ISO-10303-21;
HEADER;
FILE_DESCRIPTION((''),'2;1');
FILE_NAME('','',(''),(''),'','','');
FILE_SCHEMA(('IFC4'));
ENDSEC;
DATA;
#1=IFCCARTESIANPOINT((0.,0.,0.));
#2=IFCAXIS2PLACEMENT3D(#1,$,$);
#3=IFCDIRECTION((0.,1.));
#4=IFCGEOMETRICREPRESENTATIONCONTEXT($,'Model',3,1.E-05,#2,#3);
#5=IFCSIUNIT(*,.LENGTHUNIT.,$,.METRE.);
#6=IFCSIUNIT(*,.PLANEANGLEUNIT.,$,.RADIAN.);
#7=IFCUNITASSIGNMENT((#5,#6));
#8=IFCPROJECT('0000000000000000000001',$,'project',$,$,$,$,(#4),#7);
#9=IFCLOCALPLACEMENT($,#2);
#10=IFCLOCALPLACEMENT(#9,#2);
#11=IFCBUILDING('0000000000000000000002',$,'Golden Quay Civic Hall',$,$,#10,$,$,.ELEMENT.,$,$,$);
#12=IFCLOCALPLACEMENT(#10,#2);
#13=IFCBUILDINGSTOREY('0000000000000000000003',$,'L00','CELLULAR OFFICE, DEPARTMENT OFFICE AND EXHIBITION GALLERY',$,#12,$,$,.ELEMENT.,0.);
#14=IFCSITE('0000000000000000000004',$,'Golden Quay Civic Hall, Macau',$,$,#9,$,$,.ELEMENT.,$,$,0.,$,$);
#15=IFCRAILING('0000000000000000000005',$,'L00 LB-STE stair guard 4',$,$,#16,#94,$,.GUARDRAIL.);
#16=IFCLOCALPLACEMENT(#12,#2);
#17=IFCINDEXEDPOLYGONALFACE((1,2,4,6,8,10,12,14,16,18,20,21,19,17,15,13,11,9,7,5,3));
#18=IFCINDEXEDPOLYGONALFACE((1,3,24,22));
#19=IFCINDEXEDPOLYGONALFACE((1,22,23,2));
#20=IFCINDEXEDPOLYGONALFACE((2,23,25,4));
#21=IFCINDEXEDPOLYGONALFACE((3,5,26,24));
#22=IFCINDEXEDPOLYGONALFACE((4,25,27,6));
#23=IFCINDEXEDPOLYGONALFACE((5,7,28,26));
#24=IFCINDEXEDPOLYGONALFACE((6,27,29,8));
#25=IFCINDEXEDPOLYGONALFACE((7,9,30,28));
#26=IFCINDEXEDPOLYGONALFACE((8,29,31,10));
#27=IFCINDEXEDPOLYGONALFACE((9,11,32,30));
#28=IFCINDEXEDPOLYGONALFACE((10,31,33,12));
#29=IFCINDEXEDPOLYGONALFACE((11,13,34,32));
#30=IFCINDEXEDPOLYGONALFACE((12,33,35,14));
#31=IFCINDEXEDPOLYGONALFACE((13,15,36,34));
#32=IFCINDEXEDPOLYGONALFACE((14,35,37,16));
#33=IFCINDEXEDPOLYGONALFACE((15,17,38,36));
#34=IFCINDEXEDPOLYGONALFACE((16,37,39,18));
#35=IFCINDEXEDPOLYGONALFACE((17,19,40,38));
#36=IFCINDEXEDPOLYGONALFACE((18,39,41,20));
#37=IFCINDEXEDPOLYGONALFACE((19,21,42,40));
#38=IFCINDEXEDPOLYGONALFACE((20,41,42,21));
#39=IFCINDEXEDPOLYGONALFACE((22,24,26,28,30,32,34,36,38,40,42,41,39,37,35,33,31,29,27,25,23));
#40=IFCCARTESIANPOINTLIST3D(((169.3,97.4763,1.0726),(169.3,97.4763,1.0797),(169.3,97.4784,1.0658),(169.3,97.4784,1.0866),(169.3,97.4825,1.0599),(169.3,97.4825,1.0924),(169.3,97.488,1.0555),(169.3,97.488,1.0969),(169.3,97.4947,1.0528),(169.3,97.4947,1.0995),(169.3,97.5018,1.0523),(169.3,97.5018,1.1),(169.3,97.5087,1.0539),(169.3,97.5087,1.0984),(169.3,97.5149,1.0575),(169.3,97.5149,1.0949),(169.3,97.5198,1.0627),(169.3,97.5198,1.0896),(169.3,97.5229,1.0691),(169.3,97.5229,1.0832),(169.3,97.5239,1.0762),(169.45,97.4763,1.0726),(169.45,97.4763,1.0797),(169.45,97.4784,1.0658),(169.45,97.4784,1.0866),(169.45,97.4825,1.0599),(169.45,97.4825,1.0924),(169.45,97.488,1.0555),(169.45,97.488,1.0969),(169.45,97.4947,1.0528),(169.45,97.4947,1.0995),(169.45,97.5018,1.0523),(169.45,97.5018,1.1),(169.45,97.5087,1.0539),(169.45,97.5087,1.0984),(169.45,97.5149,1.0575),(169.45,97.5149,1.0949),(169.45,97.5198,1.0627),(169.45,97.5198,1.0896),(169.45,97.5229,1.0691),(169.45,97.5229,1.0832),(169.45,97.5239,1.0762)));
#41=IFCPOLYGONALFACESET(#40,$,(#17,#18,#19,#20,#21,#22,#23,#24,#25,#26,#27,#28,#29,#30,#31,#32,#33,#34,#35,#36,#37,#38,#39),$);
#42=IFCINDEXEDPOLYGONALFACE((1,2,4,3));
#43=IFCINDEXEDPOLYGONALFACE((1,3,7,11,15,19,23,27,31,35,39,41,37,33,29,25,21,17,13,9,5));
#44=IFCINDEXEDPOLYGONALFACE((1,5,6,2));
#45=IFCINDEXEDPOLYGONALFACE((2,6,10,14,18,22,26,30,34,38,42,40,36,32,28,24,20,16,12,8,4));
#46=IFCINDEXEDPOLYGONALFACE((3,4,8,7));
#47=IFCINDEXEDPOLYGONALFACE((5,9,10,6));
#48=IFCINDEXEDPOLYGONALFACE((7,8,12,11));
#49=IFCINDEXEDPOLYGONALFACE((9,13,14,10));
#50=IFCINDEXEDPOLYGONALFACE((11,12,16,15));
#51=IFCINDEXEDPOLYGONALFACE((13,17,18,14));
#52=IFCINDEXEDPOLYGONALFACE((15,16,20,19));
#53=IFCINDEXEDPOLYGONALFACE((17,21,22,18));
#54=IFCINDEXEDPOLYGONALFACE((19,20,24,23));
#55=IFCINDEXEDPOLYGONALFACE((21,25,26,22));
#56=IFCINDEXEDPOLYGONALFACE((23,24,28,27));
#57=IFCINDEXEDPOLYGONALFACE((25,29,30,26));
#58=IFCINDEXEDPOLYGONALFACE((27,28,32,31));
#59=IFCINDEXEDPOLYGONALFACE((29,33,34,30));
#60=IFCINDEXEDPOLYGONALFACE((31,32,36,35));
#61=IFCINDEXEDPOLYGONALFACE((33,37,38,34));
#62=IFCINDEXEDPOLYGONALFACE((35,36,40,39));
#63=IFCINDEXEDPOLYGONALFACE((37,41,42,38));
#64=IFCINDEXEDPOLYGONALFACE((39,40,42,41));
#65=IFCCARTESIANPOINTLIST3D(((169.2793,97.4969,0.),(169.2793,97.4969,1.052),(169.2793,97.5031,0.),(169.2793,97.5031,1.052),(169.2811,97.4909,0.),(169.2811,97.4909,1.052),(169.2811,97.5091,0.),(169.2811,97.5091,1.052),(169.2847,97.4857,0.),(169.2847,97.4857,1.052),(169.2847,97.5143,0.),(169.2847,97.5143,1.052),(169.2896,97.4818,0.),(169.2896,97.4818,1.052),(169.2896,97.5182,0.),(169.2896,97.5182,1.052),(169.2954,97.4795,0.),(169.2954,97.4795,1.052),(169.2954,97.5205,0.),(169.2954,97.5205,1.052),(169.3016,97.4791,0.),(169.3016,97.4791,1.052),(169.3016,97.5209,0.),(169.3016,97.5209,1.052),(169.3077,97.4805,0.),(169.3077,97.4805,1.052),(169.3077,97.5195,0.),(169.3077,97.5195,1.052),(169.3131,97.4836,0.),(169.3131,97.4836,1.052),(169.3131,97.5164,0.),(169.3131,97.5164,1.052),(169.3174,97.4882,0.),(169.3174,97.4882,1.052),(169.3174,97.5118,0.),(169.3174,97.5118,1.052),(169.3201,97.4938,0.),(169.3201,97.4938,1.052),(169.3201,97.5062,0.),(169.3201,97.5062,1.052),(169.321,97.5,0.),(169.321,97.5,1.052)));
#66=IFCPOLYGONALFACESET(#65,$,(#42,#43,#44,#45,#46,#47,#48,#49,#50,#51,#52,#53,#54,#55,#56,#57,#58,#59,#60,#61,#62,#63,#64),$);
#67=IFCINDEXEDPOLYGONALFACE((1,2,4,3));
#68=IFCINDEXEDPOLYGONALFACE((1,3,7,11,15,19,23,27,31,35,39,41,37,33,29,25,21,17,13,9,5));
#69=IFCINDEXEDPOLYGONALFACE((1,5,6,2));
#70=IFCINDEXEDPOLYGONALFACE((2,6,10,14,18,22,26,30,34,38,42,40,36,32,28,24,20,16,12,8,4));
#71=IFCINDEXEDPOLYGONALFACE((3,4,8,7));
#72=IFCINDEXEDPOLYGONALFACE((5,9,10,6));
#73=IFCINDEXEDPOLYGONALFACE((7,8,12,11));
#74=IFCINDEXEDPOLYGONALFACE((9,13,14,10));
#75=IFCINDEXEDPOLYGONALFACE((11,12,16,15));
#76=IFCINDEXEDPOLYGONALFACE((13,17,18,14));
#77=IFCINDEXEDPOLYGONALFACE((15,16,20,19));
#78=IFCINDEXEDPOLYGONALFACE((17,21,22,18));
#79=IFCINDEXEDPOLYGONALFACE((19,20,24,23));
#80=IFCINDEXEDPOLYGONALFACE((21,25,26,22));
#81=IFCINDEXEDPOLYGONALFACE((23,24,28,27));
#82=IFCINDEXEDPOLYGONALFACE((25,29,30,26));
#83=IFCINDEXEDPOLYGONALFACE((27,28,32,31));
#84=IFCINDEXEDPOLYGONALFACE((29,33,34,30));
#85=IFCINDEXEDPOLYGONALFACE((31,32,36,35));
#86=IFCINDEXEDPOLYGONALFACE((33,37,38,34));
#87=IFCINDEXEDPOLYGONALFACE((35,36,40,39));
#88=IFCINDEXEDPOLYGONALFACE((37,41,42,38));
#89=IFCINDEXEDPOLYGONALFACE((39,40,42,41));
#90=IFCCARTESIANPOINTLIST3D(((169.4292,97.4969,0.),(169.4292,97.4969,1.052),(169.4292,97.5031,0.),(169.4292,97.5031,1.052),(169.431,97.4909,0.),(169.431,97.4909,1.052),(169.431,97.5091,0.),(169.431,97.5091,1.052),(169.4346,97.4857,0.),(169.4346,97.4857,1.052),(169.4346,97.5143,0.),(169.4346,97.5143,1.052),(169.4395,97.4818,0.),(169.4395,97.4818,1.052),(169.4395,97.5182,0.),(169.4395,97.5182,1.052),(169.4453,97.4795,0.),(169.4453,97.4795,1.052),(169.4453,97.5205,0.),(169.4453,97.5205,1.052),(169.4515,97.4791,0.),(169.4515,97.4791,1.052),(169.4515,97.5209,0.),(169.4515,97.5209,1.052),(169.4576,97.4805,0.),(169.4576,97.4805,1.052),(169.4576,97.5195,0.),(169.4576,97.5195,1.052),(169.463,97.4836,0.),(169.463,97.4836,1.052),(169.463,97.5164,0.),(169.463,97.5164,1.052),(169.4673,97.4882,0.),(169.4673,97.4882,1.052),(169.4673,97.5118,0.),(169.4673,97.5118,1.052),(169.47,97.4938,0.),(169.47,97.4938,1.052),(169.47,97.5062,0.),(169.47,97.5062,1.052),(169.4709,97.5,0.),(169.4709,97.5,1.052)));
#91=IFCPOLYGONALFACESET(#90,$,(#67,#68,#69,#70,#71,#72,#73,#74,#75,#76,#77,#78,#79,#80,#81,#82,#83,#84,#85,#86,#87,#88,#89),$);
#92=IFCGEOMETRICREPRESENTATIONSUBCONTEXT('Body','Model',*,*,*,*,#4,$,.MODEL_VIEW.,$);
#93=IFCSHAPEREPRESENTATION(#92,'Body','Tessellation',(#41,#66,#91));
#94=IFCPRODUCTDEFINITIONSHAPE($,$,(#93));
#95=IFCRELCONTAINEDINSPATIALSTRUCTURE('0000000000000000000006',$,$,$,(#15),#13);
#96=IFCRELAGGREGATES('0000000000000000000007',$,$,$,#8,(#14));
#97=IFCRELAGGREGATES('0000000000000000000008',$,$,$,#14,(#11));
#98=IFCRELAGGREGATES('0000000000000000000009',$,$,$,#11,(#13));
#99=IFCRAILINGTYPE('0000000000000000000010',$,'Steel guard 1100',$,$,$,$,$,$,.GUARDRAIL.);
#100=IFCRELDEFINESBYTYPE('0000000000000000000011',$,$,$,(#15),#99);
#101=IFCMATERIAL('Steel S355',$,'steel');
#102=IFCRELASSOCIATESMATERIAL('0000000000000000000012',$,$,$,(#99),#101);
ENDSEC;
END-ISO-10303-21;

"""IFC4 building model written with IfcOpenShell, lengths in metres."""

from ifc_helpers import new_model, si_unit, direction, frame, origin, origin_2d, place, context, subcontext, project, spatial, circle, extrude, material, type_object, element, save


model = new_model("IFC4")

# Units and contexts
model_context = context("Model", 3, precision=1e-05, world=origin(), true_north=direction((0.0, 1.0)))
body_context = subcontext(model_context, "Body", "Model", "MODEL_VIEW")
ifc_project = project(units=[si_unit("LENGTHUNIT", "METRE"), si_unit("PLANEANGLEUNIT", "RADIAN")], contexts=[model_context])

# Site, building, storey
site_placement = place(None, origin())
site = spatial("IfcSite", under=ifc_project, at=site_placement, Name="Golden Quay Civic Hall, Macau", CompositionType="ELEMENT", RefElevation=0.0)
building_placement = place(site_placement, origin())
building = spatial("IfcBuilding", under=site, at=building_placement, Name="Golden Quay Civic Hall", CompositionType="ELEMENT")
storey_placement = place(building_placement, origin())
storey = spatial("IfcBuildingStorey", under=building, at=storey_placement, Name="L00", Description="CELLULAR OFFICE, DEPARTMENT OFFICE AND EXHIBITION GALLERY", CompositionType="ELEMENT", Elevation=0.0)

# Railing
ifc_material_1 = material(Name="Steel S355", Category="steel")
railing_type_1 = type_object("IfcRailingType", Name="Steel guard 1100", PredefinedType="GUARDRAIL", material=ifc_material_1)
railing_1_placement = place(storey_placement, frame((169.3, 97.5, 0.0)))
element("IfcRailing", 1, at=railing_1_placement, inside=storey, type_object=railing_type_1, Name="L00 LB-STE stair guard 4", PredefinedType="GUARDRAIL", context=body_context, shape_type="SweptSolid", body=[
    extrude(circle(Radius=0.0239, at=origin_2d()), frame((0.0, 0.0, 1.0762), z_axis=(1.0, 0.0, 0.0), x_axis=(0.0, 1.0, 0.0)), (0.0, 0.0, 1.0), 0.1499),
    extrude(circle(Radius=0.021, at=origin_2d()), origin(), (0.0, 0.0, 1.0), 1.052),
    extrude(circle(Radius=0.021, at=origin_2d()), frame((0.1499, 0.0, 0.0)), (0.0, 0.0, 1.0), 1.052),
])

save(model, "model.ifc")
